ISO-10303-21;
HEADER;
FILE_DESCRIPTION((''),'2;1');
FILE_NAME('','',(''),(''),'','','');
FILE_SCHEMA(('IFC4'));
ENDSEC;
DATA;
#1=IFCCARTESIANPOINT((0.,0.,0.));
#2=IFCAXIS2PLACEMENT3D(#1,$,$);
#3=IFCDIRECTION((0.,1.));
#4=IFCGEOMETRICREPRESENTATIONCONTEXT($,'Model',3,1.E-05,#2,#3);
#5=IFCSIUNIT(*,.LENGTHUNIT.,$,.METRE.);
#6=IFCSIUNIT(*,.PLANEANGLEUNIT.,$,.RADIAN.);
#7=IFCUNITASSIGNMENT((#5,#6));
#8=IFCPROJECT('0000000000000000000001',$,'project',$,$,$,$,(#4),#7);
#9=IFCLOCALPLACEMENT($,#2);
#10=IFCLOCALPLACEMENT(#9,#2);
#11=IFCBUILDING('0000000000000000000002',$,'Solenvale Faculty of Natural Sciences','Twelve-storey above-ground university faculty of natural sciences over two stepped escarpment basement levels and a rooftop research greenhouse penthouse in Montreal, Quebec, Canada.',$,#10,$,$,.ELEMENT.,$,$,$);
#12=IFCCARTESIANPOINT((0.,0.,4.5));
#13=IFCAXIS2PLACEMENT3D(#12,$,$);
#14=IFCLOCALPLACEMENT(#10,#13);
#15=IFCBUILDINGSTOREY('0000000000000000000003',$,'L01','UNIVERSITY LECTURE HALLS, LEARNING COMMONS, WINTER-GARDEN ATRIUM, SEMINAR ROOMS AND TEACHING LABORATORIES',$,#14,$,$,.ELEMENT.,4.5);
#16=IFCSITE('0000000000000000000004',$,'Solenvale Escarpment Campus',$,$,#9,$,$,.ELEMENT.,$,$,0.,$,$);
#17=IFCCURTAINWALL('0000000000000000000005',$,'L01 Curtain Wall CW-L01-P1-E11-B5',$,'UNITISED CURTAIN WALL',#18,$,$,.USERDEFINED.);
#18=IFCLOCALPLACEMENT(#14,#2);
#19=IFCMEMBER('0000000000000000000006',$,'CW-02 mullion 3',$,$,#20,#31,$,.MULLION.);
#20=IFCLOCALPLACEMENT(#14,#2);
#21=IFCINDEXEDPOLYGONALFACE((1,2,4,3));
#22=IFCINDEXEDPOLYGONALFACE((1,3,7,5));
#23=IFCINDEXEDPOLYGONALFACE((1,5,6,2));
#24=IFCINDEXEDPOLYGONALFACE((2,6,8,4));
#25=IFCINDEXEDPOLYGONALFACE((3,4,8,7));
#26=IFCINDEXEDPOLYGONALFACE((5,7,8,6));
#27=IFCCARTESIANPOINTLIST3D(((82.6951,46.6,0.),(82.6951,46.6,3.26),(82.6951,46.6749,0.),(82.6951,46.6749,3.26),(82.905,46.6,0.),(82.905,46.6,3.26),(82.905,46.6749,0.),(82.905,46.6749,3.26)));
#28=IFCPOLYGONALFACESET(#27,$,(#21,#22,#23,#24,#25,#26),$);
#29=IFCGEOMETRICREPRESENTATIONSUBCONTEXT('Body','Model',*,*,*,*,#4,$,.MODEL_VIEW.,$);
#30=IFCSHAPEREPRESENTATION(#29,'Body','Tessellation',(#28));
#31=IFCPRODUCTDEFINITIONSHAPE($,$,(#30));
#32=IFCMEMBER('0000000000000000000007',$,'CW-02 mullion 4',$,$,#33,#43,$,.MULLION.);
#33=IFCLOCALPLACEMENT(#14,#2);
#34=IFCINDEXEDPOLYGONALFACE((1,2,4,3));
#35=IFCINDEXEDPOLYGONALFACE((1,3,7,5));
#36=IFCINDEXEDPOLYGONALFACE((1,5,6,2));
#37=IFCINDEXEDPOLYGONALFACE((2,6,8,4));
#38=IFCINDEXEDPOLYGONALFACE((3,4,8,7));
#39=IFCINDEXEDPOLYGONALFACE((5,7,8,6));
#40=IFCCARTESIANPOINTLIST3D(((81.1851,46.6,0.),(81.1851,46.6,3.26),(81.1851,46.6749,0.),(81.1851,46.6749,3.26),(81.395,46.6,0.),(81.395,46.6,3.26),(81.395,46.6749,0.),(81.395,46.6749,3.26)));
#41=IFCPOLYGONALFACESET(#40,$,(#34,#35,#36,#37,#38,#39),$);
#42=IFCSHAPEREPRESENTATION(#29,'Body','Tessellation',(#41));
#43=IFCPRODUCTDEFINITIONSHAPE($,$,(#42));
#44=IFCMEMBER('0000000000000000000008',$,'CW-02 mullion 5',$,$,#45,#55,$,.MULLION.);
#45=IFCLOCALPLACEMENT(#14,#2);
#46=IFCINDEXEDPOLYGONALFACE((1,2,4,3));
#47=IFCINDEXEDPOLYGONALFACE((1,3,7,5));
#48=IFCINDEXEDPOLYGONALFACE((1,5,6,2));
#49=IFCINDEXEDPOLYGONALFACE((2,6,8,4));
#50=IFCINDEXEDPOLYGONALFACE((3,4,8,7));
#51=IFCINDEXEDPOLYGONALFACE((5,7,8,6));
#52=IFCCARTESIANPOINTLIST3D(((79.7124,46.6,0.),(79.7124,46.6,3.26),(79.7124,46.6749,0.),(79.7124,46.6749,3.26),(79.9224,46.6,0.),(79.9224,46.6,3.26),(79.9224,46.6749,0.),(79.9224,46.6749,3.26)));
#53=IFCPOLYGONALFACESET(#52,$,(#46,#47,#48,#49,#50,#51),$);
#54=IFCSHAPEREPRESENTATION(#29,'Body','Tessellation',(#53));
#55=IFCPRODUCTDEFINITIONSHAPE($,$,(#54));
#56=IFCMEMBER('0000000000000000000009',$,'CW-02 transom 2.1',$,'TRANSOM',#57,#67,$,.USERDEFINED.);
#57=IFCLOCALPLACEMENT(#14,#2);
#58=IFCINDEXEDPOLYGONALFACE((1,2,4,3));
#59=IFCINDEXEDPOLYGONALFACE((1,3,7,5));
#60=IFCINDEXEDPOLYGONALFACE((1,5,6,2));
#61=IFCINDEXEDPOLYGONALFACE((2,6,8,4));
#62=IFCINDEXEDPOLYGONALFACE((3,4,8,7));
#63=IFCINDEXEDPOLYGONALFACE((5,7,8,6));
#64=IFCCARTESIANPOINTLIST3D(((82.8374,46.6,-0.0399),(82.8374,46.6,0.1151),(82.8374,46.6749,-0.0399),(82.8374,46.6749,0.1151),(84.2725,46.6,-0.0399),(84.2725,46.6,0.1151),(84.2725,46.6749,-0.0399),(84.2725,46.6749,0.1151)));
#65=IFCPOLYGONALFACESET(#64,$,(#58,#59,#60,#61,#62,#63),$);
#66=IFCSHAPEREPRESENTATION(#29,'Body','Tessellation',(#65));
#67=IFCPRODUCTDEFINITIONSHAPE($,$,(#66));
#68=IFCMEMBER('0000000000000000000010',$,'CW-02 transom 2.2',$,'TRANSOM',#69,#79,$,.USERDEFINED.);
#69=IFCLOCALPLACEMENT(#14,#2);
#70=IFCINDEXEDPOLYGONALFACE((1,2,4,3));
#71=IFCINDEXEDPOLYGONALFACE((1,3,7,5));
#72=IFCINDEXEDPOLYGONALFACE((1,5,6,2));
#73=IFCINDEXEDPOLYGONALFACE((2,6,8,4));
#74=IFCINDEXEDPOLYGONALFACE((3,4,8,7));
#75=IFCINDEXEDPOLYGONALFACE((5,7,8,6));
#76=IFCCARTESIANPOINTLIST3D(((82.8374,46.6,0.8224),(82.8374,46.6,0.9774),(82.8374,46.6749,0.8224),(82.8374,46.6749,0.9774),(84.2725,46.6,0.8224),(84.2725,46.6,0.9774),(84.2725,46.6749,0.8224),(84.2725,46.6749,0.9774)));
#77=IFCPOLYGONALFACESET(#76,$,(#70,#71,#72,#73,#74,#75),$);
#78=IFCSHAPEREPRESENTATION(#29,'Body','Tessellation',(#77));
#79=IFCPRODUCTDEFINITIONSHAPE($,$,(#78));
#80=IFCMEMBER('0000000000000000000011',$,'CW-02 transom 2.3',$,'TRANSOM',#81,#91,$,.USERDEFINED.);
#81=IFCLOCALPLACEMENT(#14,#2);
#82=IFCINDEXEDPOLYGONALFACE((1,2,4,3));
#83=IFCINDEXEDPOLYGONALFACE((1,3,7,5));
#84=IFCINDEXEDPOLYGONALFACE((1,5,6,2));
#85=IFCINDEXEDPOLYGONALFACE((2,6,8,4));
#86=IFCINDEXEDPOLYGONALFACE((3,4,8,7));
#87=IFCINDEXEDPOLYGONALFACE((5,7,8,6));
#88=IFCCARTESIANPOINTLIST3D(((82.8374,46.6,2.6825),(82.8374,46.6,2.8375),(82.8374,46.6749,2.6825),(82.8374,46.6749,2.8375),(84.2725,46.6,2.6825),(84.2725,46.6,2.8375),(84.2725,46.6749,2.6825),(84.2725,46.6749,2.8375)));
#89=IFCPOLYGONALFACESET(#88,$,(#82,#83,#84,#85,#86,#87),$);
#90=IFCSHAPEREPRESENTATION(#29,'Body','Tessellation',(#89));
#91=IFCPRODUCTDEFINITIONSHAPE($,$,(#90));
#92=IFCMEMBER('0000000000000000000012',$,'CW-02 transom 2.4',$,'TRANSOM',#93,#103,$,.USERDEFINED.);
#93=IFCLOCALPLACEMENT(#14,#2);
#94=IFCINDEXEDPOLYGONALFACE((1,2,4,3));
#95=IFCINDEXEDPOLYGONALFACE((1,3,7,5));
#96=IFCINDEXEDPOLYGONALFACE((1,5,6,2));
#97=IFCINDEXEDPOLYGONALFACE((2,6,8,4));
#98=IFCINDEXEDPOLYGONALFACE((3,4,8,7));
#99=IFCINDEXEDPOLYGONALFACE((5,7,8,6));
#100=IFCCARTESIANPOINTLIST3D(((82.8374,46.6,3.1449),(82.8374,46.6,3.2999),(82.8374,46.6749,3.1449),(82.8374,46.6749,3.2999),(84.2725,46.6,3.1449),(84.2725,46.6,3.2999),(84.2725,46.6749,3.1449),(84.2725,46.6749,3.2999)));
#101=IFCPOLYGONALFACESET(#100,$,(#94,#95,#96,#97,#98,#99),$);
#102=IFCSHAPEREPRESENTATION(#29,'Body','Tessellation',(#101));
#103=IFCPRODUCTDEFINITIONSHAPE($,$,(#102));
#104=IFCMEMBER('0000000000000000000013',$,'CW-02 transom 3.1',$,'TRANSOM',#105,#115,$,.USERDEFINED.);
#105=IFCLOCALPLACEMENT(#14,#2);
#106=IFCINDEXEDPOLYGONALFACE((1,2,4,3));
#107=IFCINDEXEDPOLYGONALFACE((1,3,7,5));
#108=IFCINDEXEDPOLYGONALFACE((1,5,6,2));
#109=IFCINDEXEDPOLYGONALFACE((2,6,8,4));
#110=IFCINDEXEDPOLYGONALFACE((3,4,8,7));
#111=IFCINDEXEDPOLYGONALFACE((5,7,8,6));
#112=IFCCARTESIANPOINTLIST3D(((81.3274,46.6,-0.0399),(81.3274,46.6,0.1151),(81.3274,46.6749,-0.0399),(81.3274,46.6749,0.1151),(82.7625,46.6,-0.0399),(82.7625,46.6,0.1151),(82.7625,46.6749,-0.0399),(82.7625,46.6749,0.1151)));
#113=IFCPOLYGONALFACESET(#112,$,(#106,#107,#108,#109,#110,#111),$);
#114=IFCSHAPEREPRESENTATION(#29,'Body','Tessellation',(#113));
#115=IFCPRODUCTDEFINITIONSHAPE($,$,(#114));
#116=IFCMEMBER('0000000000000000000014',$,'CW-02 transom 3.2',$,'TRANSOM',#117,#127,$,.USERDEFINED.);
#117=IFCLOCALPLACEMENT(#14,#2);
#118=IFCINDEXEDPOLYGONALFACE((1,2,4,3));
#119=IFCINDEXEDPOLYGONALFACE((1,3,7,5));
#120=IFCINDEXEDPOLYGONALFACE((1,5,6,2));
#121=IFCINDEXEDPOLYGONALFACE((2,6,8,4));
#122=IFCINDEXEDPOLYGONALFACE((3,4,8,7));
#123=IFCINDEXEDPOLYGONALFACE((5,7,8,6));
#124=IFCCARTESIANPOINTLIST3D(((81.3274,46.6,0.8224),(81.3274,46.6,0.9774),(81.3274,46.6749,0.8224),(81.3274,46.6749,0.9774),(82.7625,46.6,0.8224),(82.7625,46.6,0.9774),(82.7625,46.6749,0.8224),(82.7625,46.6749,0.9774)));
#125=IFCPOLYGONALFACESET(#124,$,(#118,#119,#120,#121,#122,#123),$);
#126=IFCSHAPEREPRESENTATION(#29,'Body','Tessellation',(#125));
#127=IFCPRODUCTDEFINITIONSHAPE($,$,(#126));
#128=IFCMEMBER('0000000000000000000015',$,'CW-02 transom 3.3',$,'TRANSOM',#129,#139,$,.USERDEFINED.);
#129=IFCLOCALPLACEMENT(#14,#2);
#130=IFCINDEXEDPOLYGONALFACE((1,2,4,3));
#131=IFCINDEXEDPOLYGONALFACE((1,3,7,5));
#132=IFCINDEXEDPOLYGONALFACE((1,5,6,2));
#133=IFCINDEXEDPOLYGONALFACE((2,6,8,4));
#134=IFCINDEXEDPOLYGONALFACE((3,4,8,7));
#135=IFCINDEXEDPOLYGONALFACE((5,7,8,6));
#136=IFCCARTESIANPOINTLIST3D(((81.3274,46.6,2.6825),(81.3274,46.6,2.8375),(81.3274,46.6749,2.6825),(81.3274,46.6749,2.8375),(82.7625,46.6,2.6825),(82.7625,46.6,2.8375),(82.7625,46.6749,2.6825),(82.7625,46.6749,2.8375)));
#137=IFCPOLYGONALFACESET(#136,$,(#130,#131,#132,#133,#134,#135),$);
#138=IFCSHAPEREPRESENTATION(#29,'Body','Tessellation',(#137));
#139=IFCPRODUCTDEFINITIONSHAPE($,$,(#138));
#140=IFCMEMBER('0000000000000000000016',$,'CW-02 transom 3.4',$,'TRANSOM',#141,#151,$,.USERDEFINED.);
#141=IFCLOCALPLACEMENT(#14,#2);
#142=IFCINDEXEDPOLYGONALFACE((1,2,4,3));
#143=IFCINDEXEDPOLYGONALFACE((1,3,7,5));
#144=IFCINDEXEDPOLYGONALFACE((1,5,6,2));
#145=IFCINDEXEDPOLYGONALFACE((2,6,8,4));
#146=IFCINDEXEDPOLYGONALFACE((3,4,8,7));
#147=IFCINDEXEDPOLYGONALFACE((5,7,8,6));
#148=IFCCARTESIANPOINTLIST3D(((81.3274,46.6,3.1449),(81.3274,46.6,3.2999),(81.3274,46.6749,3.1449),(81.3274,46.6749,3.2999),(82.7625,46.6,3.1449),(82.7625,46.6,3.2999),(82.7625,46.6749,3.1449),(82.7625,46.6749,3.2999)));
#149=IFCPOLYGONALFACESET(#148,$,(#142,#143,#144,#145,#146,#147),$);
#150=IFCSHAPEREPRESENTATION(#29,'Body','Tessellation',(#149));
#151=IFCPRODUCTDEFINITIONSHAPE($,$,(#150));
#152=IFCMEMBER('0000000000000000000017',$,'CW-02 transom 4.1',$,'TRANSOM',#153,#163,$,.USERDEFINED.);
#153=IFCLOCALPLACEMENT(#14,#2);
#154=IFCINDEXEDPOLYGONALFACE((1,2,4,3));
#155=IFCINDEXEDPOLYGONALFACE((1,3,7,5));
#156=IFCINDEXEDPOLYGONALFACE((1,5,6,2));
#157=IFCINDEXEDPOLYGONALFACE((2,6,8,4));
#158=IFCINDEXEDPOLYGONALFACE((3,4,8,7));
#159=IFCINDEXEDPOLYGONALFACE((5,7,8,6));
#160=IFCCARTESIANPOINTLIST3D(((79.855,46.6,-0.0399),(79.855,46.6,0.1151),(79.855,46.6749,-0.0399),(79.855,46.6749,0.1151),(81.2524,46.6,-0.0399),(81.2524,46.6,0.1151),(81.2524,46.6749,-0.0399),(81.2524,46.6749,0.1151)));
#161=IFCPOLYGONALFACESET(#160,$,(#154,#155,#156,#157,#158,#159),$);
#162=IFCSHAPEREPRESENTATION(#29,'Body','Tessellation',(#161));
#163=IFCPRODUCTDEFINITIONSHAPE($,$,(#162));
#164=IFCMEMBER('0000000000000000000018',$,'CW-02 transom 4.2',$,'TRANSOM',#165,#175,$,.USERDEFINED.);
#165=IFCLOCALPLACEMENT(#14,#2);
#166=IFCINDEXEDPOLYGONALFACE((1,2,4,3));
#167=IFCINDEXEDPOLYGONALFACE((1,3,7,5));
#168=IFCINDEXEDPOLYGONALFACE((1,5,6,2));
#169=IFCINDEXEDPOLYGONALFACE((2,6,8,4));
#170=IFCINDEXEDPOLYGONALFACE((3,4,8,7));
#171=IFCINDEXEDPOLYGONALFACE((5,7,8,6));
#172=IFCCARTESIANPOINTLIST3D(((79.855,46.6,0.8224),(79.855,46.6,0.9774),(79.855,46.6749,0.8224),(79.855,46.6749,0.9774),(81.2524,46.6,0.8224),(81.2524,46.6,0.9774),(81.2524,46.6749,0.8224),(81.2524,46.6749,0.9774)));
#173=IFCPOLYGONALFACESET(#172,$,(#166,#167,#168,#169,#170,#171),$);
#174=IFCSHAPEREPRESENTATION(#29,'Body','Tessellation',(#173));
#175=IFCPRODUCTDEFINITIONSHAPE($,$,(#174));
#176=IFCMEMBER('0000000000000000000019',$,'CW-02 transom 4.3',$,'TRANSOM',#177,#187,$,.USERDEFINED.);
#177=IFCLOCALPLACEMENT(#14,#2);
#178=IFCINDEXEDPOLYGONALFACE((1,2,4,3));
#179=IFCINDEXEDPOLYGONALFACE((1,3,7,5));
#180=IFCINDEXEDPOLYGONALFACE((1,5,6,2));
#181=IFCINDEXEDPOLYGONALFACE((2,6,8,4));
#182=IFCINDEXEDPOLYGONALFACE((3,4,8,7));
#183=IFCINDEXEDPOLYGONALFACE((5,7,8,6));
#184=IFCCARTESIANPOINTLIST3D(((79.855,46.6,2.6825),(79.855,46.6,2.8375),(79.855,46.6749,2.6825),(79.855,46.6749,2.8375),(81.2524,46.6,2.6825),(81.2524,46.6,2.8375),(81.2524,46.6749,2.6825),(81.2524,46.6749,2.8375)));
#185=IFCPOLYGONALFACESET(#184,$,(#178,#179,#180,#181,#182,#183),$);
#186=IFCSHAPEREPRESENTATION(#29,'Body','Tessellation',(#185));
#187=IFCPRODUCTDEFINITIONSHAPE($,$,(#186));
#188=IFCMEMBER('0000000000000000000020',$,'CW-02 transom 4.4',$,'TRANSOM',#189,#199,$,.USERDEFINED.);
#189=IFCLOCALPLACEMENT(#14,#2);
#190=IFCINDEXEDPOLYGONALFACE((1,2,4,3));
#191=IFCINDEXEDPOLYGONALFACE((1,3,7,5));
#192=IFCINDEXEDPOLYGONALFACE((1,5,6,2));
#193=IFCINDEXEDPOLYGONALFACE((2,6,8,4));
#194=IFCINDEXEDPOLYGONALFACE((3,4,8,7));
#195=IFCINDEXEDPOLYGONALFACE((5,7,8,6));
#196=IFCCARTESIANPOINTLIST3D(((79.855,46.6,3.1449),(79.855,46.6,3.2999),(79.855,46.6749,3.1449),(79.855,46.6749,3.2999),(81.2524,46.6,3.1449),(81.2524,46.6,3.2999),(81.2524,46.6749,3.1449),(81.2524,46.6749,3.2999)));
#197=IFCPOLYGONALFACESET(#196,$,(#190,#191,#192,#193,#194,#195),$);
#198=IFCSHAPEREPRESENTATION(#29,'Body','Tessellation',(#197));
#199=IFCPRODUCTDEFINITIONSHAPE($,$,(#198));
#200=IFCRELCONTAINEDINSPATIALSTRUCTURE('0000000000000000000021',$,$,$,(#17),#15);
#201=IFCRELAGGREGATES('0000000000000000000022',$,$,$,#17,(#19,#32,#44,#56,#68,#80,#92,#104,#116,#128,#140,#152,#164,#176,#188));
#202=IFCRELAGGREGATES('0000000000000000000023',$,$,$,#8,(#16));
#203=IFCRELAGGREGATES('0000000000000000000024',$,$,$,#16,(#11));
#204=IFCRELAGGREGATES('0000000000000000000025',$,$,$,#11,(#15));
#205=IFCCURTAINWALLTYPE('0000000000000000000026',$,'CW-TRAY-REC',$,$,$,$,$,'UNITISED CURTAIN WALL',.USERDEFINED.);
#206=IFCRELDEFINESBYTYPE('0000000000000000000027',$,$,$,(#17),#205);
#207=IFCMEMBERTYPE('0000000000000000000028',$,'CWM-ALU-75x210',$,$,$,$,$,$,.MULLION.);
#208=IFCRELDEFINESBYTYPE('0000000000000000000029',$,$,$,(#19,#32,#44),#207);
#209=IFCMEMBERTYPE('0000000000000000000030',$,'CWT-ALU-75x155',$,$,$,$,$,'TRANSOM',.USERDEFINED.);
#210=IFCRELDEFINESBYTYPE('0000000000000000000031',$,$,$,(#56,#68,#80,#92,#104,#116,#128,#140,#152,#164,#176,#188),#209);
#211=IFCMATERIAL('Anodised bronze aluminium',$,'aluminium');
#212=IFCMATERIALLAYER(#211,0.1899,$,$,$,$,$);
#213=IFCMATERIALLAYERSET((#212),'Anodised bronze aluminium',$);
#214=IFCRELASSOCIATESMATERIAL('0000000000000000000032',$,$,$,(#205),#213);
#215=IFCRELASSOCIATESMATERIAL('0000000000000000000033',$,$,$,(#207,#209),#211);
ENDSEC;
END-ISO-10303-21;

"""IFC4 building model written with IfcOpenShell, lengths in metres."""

from ifc_helpers import new_model, si_unit, direction, frame, origin, origin_2d, place, context, subcontext, project, spatial, rectangle, extrude, material, layer, layer_set, material_profile, profile_set, type_object, element, aggregate, save


model = new_model("IFC4")

# Units and contexts
model_context = context("Model", 3, precision=1e-05, world=origin(), true_north=direction((0.0, 1.0)))
body_context = subcontext(model_context, "Body", "Model", "MODEL_VIEW")
ifc_project = project(units=[si_unit("LENGTHUNIT", "METRE"), si_unit("PLANEANGLEUNIT", "RADIAN")], contexts=[model_context])

# Site, building, storey
site_placement = place(None, origin())
site = spatial("IfcSite", under=ifc_project, at=site_placement, Name="Solenvale Escarpment Campus", CompositionType="ELEMENT", RefElevation=0.0)
building_placement = place(site_placement, origin())
building = spatial("IfcBuilding", under=site, at=building_placement, Name="Solenvale Faculty of Natural Sciences", Description="Twelve-storey above-ground university faculty of natural sciences over two stepped escarpment basement levels and a rooftop research greenhouse penthouse in Montreal, Quebec, Canada.", CompositionType="ELEMENT")
storey_placement = place(building_placement, frame((0.0, 0.0, 4.5)))
storey = spatial("IfcBuildingStorey", under=building, at=storey_placement, Name="L01", Description="UNIVERSITY LECTURE HALLS, LEARNING COMMONS, WINTER-GARDEN ATRIUM, SEMINAR ROOMS AND TEACHING LABORATORIES", CompositionType="ELEMENT", Elevation=4.5)

# Curtain wall, members
ifc_material_1 = material(Name="Anodised bronze aluminium", Category="aluminium")
ifc_layer_1 = layer(ifc_material_1, 0.1899)
ifc_layer_set_1 = layer_set([ifc_layer_1], Name="Anodised bronze aluminium")
curtain_wall_type = type_object("IfcCurtainWallType", Name="CW-TRAY-REC", ElementType="UNITISED CURTAIN WALL", PredefinedType="USERDEFINED", material=ifc_layer_set_1)
curtain_wall_placement = place(storey_placement, origin())
curtain_wall = element("IfcCurtainWall", 1, at=curtain_wall_placement, inside=storey, type_object=curtain_wall_type, Name="L01 Curtain Wall CW-L01-P1-E11-B5", ObjectType="UNITISED CURTAIN WALL", PredefinedType="USERDEFINED")
ifc_material_profile_1 = material_profile(ifc_material_1, rectangle(XDim=0.075, YDim=0.21, at=origin_2d()), Name="ALU-MUL-75x210")
ifc_profile_set_1 = profile_set([ifc_material_profile_1], Name="Anodised bronze aluminium")
member_type_1 = type_object("IfcMemberType", Name="CWM-ALU-75x210", PredefinedType="MULLION", material=ifc_profile_set_1)
member_1_placement = place(storey_placement, frame((82.8, 46.6375, 0.0), z_axis=(0.0, 0.0, 1.0), x_axis=(0.0, -1.0, 0.0)))
member_1 = element("IfcMember", 2, at=member_1_placement, type_object=member_type_1, Name="CW-02 mullion 3", PredefinedType="MULLION", context=body_context, shape_type="SweptSolid", body=[
    extrude(rectangle(XDim=0.075, YDim=0.21, at=origin_2d()), origin(), (0.0, 0.0, 1.0), 3.26),
])
member_2_placement = place(storey_placement, frame((81.29, 46.6375, 0.0), z_axis=(0.0, 0.0, 1.0), x_axis=(0.0, -1.0, 0.0)))
member_2 = element("IfcMember", 3, at=member_2_placement, type_object=member_type_1, Name="CW-02 mullion 4", PredefinedType="MULLION", context=body_context, shape_type="SweptSolid", body=[
    extrude(rectangle(XDim=0.075, YDim=0.21, at=origin_2d()), origin(), (0.0, 0.0, 1.0), 3.26),
])
member_3_placement = place(storey_placement, frame((79.8174, 46.6375, 0.0), z_axis=(0.0, 0.0, 1.0), x_axis=(0.0, -1.0, 0.0)))
member_3 = element("IfcMember", 4, at=member_3_placement, type_object=member_type_1, Name="CW-02 mullion 5", PredefinedType="MULLION", context=body_context, shape_type="SweptSolid", body=[
    extrude(rectangle(XDim=0.075, YDim=0.21, at=origin_2d()), origin(), (0.0, 0.0, 1.0), 3.26),
])
ifc_material_profile_2 = material_profile(ifc_material_1, rectangle(XDim=0.075, YDim=0.155, at=origin_2d()), Name="ALU-TRN-75x155")
ifc_profile_set_2 = profile_set([ifc_material_profile_2], Name="Anodised bronze aluminium")
member_type_2 = type_object("IfcMemberType", Name="CWT-ALU-75x155", ElementType="TRANSOM", PredefinedType="USERDEFINED", material=ifc_profile_set_2)
member_4_placement = place(storey_placement, frame((84.2725, 46.6375, 0.0376), z_axis=(-1.0, 0.0, 0.0), x_axis=(0.0, -1.0, 0.0)))
member_4 = element("IfcMember", 5, at=member_4_placement, type_object=member_type_2, Name="CW-02 transom 2.1", ObjectType="TRANSOM", PredefinedType="USERDEFINED", context=body_context, shape_type="SweptSolid", body=[
    extrude(rectangle(XDim=0.075, YDim=0.155, at=origin_2d()), origin(), (0.0, 0.0, 1.0), 1.4351),
])
member_5_placement = place(storey_placement, frame((84.2725, 46.6375, 0.8999), z_axis=(-1.0, 0.0, 0.0), x_axis=(0.0, -1.0, 0.0)))
member_5 = element("IfcMember", 6, at=member_5_placement, type_object=member_type_2, Name="CW-02 transom 2.2", ObjectType="TRANSOM", PredefinedType="USERDEFINED", context=body_context, shape_type="SweptSolid", body=[
    extrude(rectangle(XDim=0.075, YDim=0.155, at=origin_2d()), origin(), (0.0, 0.0, 1.0), 1.4351),
])
member_6_placement = place(storey_placement, frame((84.2725, 46.6375, 2.76), z_axis=(-1.0, 0.0, 0.0), x_axis=(0.0, -1.0, 0.0)))
member_6 = element("IfcMember", 7, at=member_6_placement, type_object=member_type_2, Name="CW-02 transom 2.3", ObjectType="TRANSOM", PredefinedType="USERDEFINED", context=body_context, shape_type="SweptSolid", body=[
    extrude(rectangle(XDim=0.075, YDim=0.155, at=origin_2d()), origin(), (0.0, 0.0, 1.0), 1.4351),
])
member_7_placement = place(storey_placement, frame((84.2725, 46.6375, 3.2224), z_axis=(-1.0, 0.0, 0.0), x_axis=(0.0, -1.0, 0.0)))
member_7 = element("IfcMember", 8, at=member_7_placement, type_object=member_type_2, Name="CW-02 transom 2.4", ObjectType="TRANSOM", PredefinedType="USERDEFINED", context=body_context, shape_type="SweptSolid", body=[
    extrude(rectangle(XDim=0.075, YDim=0.155, at=origin_2d()), origin(), (0.0, 0.0, 1.0), 1.4351),
])
member_8_placement = place(storey_placement, frame((82.7625, 46.6375, 0.0376), z_axis=(-1.0, 0.0, 0.0), x_axis=(0.0, -1.0, 0.0)))
member_8 = element("IfcMember", 9, at=member_8_placement, type_object=member_type_2, Name="CW-02 transom 3.1", ObjectType="TRANSOM", PredefinedType="USERDEFINED", context=body_context, shape_type="SweptSolid", body=[
    extrude(rectangle(XDim=0.075, YDim=0.155, at=origin_2d()), origin(), (0.0, 0.0, 1.0), 1.4351),
])
member_9_placement = place(storey_placement, frame((82.7625, 46.6375, 0.8999), z_axis=(-1.0, 0.0, 0.0), x_axis=(0.0, -1.0, 0.0)))
member_9 = element("IfcMember", 10, at=member_9_placement, type_object=member_type_2, Name="CW-02 transom 3.2", ObjectType="TRANSOM", PredefinedType="USERDEFINED", context=body_context, shape_type="SweptSolid", body=[
    extrude(rectangle(XDim=0.075, YDim=0.155, at=origin_2d()), origin(), (0.0, 0.0, 1.0), 1.4351),
])
member_10_placement = place(storey_placement, frame((82.7625, 46.6375, 2.76), z_axis=(-1.0, 0.0, 0.0), x_axis=(0.0, -1.0, 0.0)))
member_10 = element("IfcMember", 11, at=member_10_placement, type_object=member_type_2, Name="CW-02 transom 3.3", ObjectType="TRANSOM", PredefinedType="USERDEFINED", context=body_context, shape_type="SweptSolid", body=[
    extrude(rectangle(XDim=0.075, YDim=0.155, at=origin_2d()), origin(), (0.0, 0.0, 1.0), 1.4351),
])
member_11_placement = place(storey_placement, frame((82.7625, 46.6375, 3.2224), z_axis=(-1.0, 0.0, 0.0), x_axis=(0.0, -1.0, 0.0)))
member_11 = element("IfcMember", 12, at=member_11_placement, type_object=member_type_2, Name="CW-02 transom 3.4", ObjectType="TRANSOM", PredefinedType="USERDEFINED", context=body_context, shape_type="SweptSolid", body=[
    extrude(rectangle(XDim=0.075, YDim=0.155, at=origin_2d()), origin(), (0.0, 0.0, 1.0), 1.4351),
])
member_12_placement = place(storey_placement, frame((81.2524, 46.6375, 0.0376), z_axis=(-1.0, 0.0, 0.0), x_axis=(0.0, -1.0, 0.0)))
member_12 = element("IfcMember", 13, at=member_12_placement, type_object=member_type_2, Name="CW-02 transom 4.1", ObjectType="TRANSOM", PredefinedType="USERDEFINED", context=body_context, shape_type="SweptSolid", body=[
    extrude(rectangle(XDim=0.075, YDim=0.155, at=origin_2d()), origin(), (0.0, 0.0, 1.0), 1.3975),
])
member_13_placement = place(storey_placement, frame((81.2524, 46.6375, 0.8999), z_axis=(-1.0, 0.0, 0.0), x_axis=(0.0, -1.0, 0.0)))
member_13 = element("IfcMember", 14, at=member_13_placement, type_object=member_type_2, Name="CW-02 transom 4.2", ObjectType="TRANSOM", PredefinedType="USERDEFINED", context=body_context, shape_type="SweptSolid", body=[
    extrude(rectangle(XDim=0.075, YDim=0.155, at=origin_2d()), origin(), (0.0, 0.0, 1.0), 1.3975),
])
member_14_placement = place(storey_placement, frame((81.2524, 46.6375, 2.76), z_axis=(-1.0, 0.0, 0.0), x_axis=(0.0, -1.0, 0.0)))
member_14 = element("IfcMember", 15, at=member_14_placement, type_object=member_type_2, Name="CW-02 transom 4.3", ObjectType="TRANSOM", PredefinedType="USERDEFINED", context=body_context, shape_type="SweptSolid", body=[
    extrude(rectangle(XDim=0.075, YDim=0.155, at=origin_2d()), origin(), (0.0, 0.0, 1.0), 1.3975),
])
member_15_placement = place(storey_placement, frame((81.2524, 46.6375, 3.2224), z_axis=(-1.0, 0.0, 0.0), x_axis=(0.0, -1.0, 0.0)))
member_15 = element("IfcMember", 16, at=member_15_placement, type_object=member_type_2, Name="CW-02 transom 4.4", ObjectType="TRANSOM", PredefinedType="USERDEFINED", context=body_context, shape_type="SweptSolid", body=[
    extrude(rectangle(XDim=0.075, YDim=0.155, at=origin_2d()), origin(), (0.0, 0.0, 1.0), 1.3975),
])
aggregate(curtain_wall, [member_1, member_2, member_3, member_4, member_5, member_6, member_7, member_8, member_9, member_10, member_11, member_12, member_13, member_14, member_15])

save(model, "model.ifc")
